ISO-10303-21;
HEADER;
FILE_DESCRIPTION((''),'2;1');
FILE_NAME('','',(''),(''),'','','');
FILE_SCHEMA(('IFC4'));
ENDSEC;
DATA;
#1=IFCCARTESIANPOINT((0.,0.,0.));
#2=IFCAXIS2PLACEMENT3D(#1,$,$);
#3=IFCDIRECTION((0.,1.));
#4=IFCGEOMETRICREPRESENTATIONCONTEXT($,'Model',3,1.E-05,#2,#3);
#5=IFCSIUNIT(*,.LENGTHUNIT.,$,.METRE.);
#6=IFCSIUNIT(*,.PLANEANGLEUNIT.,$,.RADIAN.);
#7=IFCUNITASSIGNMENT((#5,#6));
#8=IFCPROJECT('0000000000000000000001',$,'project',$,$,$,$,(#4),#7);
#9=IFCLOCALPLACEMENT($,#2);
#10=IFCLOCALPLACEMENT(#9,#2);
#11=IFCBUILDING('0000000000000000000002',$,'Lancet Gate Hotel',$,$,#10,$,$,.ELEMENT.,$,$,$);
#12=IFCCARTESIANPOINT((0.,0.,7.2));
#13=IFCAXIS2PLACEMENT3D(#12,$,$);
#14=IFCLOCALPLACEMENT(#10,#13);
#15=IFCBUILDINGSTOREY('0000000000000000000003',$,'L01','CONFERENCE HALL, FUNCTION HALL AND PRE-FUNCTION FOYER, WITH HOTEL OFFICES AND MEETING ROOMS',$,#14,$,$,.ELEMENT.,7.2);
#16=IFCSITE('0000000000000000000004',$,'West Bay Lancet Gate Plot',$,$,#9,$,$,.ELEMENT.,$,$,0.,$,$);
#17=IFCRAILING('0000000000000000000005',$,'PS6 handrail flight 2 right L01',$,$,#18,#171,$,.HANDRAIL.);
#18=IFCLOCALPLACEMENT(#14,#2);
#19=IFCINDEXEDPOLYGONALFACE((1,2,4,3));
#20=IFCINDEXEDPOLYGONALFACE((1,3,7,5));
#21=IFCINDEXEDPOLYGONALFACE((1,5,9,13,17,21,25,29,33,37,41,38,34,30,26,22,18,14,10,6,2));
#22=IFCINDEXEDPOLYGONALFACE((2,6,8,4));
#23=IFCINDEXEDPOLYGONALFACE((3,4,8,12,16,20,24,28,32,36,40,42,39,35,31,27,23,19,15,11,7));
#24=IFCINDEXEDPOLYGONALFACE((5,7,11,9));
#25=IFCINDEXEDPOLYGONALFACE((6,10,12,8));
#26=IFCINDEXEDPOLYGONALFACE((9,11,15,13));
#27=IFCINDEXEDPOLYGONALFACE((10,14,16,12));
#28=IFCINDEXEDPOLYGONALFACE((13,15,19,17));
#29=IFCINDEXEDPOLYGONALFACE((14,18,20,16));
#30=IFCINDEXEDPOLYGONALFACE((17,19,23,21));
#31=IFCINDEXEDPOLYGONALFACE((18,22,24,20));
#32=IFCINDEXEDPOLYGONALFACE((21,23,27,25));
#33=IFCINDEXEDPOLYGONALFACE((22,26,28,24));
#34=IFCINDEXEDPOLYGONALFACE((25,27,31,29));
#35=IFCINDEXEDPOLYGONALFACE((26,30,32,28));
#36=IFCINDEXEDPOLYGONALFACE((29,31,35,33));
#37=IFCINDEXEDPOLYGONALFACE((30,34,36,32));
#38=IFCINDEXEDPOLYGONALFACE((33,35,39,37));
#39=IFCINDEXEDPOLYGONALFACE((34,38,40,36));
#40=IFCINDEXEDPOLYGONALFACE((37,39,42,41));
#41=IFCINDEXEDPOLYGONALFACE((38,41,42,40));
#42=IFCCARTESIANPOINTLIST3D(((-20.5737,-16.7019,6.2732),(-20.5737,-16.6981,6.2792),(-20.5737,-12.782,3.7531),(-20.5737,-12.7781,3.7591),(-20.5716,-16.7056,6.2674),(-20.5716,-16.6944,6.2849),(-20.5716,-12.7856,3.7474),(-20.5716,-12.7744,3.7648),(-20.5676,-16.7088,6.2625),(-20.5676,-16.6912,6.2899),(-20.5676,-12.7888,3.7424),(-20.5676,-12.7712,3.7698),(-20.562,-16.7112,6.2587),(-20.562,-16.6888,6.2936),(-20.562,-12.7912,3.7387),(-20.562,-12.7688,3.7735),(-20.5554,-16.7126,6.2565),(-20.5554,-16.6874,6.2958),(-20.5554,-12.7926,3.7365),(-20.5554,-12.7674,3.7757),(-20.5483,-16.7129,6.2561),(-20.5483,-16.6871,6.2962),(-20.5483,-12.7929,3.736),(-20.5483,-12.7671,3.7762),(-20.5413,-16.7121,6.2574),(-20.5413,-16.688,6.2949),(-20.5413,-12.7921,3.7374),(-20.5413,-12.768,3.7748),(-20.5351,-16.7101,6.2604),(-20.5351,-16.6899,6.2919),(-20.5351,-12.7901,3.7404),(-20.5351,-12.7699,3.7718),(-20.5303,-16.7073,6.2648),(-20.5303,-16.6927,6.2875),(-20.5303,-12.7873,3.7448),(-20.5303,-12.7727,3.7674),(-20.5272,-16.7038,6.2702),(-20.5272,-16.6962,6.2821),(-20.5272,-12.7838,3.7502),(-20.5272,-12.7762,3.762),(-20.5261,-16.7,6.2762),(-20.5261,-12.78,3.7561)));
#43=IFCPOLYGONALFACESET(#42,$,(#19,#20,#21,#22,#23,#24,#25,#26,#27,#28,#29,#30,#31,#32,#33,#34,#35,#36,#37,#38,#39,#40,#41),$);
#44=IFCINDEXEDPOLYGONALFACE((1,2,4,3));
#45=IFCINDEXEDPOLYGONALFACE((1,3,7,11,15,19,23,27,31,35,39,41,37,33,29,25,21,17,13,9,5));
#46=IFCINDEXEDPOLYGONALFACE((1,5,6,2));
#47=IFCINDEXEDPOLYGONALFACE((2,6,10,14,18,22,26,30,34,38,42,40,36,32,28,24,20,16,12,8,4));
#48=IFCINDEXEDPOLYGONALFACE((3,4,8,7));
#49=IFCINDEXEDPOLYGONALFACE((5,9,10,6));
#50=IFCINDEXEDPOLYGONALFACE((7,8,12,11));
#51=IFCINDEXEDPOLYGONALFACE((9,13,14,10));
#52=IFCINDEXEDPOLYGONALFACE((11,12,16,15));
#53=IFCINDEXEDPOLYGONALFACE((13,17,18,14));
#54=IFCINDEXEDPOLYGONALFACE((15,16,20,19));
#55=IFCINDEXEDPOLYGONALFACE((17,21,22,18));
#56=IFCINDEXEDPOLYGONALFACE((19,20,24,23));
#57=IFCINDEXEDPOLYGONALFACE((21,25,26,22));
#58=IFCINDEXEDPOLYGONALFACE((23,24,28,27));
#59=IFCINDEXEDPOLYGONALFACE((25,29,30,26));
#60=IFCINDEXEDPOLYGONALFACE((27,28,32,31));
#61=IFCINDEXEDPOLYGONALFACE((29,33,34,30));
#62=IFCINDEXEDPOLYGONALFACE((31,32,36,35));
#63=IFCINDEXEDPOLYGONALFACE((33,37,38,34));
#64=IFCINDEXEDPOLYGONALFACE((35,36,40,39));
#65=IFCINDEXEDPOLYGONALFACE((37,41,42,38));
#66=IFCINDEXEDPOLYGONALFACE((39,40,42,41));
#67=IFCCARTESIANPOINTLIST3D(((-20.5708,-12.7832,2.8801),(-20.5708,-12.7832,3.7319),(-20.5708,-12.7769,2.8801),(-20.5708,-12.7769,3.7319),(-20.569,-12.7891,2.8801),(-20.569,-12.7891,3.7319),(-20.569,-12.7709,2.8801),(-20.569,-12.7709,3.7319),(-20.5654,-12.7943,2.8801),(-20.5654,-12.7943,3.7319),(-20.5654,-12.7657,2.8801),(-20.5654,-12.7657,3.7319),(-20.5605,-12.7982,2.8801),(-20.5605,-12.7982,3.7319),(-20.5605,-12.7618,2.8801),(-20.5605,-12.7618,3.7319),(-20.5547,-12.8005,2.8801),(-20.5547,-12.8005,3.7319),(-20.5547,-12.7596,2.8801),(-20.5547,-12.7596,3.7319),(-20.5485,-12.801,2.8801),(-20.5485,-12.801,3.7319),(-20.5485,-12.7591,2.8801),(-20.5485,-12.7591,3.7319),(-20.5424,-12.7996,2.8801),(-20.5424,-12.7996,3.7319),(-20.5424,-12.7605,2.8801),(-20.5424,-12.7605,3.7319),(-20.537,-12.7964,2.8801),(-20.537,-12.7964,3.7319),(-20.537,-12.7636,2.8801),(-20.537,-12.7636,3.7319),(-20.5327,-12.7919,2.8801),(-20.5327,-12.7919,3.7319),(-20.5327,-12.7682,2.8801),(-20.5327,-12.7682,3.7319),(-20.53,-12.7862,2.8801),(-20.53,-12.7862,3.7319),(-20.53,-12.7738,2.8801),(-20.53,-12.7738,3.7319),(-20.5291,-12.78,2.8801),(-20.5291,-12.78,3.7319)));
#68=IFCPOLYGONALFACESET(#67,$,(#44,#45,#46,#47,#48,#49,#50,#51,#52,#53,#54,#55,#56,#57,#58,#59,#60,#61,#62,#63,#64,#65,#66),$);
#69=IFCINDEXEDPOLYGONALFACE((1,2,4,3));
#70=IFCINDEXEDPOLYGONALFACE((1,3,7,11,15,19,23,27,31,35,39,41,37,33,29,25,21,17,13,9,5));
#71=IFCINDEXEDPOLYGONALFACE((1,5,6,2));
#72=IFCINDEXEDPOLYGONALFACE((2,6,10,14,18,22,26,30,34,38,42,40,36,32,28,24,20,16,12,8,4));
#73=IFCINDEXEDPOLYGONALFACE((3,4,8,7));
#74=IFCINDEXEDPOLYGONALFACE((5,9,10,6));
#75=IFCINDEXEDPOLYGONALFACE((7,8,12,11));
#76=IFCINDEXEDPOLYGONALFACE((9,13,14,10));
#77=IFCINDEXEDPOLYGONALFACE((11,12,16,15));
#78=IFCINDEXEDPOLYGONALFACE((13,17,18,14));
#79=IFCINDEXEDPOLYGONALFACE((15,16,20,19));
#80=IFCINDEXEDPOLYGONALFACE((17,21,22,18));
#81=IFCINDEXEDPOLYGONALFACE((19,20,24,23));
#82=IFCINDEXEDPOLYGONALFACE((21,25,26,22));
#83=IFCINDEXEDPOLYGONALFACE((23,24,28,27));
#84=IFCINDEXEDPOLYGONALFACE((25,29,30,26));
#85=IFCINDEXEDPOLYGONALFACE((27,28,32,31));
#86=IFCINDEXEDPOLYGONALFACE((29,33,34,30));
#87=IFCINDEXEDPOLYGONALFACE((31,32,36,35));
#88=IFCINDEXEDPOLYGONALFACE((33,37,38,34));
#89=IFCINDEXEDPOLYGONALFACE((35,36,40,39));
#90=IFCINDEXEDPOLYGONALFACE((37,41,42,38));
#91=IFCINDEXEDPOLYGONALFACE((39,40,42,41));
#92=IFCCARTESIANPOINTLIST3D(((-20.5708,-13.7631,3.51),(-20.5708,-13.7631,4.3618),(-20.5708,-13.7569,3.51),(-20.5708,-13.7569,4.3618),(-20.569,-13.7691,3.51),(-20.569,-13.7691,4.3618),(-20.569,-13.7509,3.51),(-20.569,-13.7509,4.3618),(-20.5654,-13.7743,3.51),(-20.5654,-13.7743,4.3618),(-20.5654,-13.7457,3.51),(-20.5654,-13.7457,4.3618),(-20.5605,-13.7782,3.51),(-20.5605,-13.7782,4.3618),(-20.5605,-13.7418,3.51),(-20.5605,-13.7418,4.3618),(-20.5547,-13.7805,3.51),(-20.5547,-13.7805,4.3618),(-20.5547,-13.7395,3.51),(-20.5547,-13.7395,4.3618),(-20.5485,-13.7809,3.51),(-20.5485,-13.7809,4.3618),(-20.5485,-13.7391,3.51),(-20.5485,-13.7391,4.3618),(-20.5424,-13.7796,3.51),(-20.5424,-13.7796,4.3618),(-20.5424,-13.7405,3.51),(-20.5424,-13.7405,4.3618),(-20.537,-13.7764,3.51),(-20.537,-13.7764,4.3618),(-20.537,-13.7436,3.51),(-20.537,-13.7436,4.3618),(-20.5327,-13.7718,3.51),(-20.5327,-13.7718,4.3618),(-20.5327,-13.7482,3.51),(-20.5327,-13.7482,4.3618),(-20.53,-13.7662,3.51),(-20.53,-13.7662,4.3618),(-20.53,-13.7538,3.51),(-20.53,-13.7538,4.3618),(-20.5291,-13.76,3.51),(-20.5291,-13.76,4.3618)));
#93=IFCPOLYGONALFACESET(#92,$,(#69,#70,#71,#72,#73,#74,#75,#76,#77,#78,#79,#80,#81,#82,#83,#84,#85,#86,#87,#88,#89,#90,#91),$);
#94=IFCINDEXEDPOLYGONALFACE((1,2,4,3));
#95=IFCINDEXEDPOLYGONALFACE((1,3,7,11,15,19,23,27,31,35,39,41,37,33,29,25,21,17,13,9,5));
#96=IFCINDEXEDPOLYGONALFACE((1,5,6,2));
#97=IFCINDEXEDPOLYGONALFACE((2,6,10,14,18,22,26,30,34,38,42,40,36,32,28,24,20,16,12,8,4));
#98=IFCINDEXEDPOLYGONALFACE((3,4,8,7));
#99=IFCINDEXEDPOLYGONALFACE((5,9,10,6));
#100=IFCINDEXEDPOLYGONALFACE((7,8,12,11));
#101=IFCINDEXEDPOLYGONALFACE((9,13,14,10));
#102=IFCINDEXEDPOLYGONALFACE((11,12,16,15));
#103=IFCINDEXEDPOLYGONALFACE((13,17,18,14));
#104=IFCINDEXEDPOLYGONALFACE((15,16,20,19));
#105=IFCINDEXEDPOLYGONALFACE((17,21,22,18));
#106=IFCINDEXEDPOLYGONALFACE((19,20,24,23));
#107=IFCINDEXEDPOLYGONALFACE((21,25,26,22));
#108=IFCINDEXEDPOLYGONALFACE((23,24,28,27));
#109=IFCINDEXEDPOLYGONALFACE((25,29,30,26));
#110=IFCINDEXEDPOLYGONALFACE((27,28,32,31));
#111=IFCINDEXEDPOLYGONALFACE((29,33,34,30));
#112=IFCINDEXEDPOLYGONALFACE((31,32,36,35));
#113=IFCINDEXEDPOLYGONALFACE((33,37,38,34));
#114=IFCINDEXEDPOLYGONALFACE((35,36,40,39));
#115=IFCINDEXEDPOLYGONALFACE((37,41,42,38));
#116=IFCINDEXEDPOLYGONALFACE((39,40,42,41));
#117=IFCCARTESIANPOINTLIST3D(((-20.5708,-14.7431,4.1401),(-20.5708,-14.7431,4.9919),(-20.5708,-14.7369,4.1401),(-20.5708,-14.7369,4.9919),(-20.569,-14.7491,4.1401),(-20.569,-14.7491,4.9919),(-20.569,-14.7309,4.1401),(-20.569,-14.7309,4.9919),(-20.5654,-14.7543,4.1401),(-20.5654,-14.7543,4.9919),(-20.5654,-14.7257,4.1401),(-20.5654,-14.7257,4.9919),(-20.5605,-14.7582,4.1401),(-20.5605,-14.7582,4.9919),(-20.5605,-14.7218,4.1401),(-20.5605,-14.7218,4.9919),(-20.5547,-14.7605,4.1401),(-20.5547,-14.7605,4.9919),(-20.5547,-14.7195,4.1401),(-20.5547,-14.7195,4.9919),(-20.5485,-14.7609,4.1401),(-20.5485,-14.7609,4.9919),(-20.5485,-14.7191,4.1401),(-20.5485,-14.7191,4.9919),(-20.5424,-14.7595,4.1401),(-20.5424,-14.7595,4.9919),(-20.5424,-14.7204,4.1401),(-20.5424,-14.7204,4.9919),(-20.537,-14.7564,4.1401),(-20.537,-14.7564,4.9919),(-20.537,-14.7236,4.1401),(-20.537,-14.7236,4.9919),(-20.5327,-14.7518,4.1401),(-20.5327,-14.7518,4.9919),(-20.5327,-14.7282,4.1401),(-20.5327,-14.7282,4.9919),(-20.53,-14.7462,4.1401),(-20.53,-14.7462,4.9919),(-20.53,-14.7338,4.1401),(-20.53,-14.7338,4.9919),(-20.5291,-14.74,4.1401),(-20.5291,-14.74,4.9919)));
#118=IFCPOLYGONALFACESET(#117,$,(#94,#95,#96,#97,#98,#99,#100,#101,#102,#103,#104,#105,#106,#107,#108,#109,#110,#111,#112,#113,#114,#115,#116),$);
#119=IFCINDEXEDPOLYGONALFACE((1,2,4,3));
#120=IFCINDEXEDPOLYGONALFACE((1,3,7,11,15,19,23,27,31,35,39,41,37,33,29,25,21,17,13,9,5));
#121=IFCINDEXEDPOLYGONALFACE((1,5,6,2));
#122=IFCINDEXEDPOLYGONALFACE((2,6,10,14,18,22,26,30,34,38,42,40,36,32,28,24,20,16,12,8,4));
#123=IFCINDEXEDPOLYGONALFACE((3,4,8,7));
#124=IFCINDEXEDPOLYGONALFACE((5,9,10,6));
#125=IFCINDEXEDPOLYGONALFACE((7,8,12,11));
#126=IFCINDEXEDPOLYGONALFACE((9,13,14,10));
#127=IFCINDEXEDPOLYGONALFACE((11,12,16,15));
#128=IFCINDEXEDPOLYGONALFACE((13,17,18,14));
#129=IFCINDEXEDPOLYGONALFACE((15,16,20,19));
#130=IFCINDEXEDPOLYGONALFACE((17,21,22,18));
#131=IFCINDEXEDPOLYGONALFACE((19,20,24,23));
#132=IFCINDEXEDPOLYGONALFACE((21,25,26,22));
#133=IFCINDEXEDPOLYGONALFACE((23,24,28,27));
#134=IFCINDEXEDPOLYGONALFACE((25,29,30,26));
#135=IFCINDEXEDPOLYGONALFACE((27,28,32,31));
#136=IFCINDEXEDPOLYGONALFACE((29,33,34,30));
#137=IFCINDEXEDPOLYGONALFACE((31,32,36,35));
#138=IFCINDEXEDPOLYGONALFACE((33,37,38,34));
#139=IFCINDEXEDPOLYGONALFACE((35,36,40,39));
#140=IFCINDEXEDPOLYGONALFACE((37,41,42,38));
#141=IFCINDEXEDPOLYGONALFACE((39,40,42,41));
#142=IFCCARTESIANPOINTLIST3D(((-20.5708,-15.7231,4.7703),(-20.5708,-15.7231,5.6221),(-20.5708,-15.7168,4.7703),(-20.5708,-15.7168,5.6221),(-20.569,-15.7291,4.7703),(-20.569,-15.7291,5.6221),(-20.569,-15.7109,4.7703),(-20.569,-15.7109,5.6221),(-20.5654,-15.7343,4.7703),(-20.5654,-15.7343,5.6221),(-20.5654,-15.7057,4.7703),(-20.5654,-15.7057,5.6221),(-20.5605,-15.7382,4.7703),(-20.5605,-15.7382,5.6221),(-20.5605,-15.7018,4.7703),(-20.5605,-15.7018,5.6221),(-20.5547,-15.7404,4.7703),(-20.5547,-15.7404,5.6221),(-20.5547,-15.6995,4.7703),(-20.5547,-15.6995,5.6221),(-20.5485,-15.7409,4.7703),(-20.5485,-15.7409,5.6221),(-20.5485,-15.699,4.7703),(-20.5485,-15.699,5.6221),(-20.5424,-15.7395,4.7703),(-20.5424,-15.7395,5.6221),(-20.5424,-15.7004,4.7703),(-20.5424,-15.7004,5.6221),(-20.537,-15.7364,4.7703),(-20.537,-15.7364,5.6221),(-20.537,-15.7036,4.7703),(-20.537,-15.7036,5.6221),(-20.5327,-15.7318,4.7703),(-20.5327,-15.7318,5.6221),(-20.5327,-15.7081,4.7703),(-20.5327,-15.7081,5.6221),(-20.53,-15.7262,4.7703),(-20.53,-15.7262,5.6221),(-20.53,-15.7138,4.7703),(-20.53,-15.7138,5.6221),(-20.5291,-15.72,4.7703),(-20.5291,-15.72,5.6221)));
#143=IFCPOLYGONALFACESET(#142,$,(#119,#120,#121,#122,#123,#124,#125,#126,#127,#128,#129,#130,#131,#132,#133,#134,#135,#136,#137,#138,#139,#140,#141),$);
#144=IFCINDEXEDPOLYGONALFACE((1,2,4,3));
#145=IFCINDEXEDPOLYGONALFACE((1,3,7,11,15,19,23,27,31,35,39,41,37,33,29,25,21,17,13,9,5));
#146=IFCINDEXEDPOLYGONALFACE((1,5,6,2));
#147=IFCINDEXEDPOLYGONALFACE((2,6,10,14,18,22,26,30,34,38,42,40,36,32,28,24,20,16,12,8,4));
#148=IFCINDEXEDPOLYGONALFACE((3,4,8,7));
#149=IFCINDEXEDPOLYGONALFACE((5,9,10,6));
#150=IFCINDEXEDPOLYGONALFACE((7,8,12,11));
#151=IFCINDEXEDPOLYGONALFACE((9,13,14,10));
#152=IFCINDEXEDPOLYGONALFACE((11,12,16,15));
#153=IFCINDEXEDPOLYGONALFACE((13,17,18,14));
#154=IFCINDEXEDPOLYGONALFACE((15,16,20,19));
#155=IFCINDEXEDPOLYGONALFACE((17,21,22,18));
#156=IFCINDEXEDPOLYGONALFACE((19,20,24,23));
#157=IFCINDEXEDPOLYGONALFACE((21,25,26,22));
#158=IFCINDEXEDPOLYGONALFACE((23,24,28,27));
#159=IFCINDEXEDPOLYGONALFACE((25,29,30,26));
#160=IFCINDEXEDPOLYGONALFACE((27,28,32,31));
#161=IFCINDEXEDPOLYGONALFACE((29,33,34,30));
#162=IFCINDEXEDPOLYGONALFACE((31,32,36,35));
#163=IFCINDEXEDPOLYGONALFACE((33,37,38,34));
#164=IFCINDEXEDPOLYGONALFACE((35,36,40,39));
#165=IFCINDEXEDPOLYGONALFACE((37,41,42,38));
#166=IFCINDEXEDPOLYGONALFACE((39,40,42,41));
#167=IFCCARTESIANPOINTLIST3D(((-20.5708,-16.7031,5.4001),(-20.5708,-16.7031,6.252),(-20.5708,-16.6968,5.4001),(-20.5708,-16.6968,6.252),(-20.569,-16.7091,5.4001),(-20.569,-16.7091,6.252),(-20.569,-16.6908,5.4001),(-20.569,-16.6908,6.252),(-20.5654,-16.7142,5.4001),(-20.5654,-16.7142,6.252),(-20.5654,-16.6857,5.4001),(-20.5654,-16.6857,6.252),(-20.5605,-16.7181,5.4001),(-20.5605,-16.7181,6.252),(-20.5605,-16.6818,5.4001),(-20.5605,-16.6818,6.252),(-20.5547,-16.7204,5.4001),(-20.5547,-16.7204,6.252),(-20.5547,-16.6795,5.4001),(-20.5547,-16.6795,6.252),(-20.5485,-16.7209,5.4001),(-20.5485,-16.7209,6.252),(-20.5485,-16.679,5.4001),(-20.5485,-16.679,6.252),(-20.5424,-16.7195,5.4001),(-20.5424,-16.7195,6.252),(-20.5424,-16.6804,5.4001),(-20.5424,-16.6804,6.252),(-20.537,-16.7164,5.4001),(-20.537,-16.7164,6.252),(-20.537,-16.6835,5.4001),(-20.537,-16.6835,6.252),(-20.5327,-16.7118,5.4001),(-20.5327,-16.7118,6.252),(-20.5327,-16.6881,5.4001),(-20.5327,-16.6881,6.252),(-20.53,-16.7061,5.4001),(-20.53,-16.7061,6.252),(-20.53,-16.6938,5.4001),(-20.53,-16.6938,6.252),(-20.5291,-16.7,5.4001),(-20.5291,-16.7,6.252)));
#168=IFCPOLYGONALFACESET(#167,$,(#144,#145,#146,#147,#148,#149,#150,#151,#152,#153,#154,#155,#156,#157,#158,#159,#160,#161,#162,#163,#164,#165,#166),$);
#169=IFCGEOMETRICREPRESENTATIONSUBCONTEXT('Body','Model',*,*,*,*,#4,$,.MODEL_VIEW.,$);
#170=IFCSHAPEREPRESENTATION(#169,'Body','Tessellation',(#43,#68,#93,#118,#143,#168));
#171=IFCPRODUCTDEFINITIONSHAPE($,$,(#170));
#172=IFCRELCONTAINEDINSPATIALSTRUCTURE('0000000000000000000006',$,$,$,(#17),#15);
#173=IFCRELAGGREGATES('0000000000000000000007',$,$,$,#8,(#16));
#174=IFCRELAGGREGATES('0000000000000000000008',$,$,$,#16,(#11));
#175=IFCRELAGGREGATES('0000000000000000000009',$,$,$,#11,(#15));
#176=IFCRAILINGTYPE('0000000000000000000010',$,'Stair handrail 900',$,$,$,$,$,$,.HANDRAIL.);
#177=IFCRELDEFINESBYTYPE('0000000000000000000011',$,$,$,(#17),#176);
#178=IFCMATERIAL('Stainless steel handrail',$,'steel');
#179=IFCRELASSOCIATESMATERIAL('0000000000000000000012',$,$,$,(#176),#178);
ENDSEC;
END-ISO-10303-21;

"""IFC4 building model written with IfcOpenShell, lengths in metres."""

from ifc_helpers import new_model, si_unit, direction, frame, origin, origin_2d, place, context, subcontext, project, spatial, circle, extrude, material, type_object, element, save


model = new_model("IFC4")

# Units and contexts
model_context = context("Model", 3, precision=1e-05, world=origin(), true_north=direction((0.0, 1.0)))
body_context = subcontext(model_context, "Body", "Model", "MODEL_VIEW")
ifc_project = project(units=[si_unit("LENGTHUNIT", "METRE"), si_unit("PLANEANGLEUNIT", "RADIAN")], contexts=[model_context])

# Site, building, storey
site_placement = place(None, origin())
site = spatial("IfcSite", under=ifc_project, at=site_placement, Name="West Bay Lancet Gate Plot", CompositionType="ELEMENT", RefElevation=0.0)
building_placement = place(site_placement, origin())
building = spatial("IfcBuilding", under=site, at=building_placement, Name="Lancet Gate Hotel", CompositionType="ELEMENT")
storey_placement = place(building_placement, frame((0.0, 0.0, 7.2)))
storey = spatial("IfcBuildingStorey", under=building, at=storey_placement, Name="L01", Description="CONFERENCE HALL, FUNCTION HALL AND PRE-FUNCTION FOYER, WITH HOTEL OFFICES AND MEETING ROOMS", CompositionType="ELEMENT", Elevation=7.2)

# Railing
ifc_material_1 = material(Name="Stainless steel handrail", Category="steel")
railing_type_1 = type_object("IfcRailingType", Name="Stair handrail 900", PredefinedType="HANDRAIL", material=ifc_material_1)
for number, where, name in (
    (1, (-20.55, -12.78, 2.8801), "PS6 handrail flight 2 right L01"),
):
    element("IfcRailing", number, at=place(storey_placement, frame(where)), inside=storey, type_object=railing_type_1, Name=name, PredefinedType="HANDRAIL", context=body_context, shape_type="SweptSolid", body=[
        extrude(circle(Radius=0.0239, at=origin_2d()), frame((0.0, 0.0, 0.876), z_axis=(0.0, -0.841172, 0.540768), x_axis=(1.0, 0.0, 0.0)), (0.0, 0.0, 1.0), 4.6602),
        extrude(circle(Radius=0.021, at=origin_2d()), origin(), (0.0, 0.0, 1.0), 0.8518),
        extrude(circle(Radius=0.021, at=origin_2d()), frame((0.0, -0.98, 0.6299)), (0.0, 0.0, 1.0), 0.8518),
        extrude(circle(Radius=0.021, at=origin_2d()), frame((0.0, -1.96, 1.26)), (0.0, 0.0, 1.0), 0.8518),
        extrude(circle(Radius=0.021, at=origin_2d()), frame((0.0, -2.9399, 1.8901)), (0.0, 0.0, 1.0), 0.8518),
        extrude(circle(Radius=0.021, at=origin_2d()), frame((0.0, -3.9199, 2.52)), (0.0, 0.0, 1.0), 0.8518),
    ])

save(model, "model.ifc")
